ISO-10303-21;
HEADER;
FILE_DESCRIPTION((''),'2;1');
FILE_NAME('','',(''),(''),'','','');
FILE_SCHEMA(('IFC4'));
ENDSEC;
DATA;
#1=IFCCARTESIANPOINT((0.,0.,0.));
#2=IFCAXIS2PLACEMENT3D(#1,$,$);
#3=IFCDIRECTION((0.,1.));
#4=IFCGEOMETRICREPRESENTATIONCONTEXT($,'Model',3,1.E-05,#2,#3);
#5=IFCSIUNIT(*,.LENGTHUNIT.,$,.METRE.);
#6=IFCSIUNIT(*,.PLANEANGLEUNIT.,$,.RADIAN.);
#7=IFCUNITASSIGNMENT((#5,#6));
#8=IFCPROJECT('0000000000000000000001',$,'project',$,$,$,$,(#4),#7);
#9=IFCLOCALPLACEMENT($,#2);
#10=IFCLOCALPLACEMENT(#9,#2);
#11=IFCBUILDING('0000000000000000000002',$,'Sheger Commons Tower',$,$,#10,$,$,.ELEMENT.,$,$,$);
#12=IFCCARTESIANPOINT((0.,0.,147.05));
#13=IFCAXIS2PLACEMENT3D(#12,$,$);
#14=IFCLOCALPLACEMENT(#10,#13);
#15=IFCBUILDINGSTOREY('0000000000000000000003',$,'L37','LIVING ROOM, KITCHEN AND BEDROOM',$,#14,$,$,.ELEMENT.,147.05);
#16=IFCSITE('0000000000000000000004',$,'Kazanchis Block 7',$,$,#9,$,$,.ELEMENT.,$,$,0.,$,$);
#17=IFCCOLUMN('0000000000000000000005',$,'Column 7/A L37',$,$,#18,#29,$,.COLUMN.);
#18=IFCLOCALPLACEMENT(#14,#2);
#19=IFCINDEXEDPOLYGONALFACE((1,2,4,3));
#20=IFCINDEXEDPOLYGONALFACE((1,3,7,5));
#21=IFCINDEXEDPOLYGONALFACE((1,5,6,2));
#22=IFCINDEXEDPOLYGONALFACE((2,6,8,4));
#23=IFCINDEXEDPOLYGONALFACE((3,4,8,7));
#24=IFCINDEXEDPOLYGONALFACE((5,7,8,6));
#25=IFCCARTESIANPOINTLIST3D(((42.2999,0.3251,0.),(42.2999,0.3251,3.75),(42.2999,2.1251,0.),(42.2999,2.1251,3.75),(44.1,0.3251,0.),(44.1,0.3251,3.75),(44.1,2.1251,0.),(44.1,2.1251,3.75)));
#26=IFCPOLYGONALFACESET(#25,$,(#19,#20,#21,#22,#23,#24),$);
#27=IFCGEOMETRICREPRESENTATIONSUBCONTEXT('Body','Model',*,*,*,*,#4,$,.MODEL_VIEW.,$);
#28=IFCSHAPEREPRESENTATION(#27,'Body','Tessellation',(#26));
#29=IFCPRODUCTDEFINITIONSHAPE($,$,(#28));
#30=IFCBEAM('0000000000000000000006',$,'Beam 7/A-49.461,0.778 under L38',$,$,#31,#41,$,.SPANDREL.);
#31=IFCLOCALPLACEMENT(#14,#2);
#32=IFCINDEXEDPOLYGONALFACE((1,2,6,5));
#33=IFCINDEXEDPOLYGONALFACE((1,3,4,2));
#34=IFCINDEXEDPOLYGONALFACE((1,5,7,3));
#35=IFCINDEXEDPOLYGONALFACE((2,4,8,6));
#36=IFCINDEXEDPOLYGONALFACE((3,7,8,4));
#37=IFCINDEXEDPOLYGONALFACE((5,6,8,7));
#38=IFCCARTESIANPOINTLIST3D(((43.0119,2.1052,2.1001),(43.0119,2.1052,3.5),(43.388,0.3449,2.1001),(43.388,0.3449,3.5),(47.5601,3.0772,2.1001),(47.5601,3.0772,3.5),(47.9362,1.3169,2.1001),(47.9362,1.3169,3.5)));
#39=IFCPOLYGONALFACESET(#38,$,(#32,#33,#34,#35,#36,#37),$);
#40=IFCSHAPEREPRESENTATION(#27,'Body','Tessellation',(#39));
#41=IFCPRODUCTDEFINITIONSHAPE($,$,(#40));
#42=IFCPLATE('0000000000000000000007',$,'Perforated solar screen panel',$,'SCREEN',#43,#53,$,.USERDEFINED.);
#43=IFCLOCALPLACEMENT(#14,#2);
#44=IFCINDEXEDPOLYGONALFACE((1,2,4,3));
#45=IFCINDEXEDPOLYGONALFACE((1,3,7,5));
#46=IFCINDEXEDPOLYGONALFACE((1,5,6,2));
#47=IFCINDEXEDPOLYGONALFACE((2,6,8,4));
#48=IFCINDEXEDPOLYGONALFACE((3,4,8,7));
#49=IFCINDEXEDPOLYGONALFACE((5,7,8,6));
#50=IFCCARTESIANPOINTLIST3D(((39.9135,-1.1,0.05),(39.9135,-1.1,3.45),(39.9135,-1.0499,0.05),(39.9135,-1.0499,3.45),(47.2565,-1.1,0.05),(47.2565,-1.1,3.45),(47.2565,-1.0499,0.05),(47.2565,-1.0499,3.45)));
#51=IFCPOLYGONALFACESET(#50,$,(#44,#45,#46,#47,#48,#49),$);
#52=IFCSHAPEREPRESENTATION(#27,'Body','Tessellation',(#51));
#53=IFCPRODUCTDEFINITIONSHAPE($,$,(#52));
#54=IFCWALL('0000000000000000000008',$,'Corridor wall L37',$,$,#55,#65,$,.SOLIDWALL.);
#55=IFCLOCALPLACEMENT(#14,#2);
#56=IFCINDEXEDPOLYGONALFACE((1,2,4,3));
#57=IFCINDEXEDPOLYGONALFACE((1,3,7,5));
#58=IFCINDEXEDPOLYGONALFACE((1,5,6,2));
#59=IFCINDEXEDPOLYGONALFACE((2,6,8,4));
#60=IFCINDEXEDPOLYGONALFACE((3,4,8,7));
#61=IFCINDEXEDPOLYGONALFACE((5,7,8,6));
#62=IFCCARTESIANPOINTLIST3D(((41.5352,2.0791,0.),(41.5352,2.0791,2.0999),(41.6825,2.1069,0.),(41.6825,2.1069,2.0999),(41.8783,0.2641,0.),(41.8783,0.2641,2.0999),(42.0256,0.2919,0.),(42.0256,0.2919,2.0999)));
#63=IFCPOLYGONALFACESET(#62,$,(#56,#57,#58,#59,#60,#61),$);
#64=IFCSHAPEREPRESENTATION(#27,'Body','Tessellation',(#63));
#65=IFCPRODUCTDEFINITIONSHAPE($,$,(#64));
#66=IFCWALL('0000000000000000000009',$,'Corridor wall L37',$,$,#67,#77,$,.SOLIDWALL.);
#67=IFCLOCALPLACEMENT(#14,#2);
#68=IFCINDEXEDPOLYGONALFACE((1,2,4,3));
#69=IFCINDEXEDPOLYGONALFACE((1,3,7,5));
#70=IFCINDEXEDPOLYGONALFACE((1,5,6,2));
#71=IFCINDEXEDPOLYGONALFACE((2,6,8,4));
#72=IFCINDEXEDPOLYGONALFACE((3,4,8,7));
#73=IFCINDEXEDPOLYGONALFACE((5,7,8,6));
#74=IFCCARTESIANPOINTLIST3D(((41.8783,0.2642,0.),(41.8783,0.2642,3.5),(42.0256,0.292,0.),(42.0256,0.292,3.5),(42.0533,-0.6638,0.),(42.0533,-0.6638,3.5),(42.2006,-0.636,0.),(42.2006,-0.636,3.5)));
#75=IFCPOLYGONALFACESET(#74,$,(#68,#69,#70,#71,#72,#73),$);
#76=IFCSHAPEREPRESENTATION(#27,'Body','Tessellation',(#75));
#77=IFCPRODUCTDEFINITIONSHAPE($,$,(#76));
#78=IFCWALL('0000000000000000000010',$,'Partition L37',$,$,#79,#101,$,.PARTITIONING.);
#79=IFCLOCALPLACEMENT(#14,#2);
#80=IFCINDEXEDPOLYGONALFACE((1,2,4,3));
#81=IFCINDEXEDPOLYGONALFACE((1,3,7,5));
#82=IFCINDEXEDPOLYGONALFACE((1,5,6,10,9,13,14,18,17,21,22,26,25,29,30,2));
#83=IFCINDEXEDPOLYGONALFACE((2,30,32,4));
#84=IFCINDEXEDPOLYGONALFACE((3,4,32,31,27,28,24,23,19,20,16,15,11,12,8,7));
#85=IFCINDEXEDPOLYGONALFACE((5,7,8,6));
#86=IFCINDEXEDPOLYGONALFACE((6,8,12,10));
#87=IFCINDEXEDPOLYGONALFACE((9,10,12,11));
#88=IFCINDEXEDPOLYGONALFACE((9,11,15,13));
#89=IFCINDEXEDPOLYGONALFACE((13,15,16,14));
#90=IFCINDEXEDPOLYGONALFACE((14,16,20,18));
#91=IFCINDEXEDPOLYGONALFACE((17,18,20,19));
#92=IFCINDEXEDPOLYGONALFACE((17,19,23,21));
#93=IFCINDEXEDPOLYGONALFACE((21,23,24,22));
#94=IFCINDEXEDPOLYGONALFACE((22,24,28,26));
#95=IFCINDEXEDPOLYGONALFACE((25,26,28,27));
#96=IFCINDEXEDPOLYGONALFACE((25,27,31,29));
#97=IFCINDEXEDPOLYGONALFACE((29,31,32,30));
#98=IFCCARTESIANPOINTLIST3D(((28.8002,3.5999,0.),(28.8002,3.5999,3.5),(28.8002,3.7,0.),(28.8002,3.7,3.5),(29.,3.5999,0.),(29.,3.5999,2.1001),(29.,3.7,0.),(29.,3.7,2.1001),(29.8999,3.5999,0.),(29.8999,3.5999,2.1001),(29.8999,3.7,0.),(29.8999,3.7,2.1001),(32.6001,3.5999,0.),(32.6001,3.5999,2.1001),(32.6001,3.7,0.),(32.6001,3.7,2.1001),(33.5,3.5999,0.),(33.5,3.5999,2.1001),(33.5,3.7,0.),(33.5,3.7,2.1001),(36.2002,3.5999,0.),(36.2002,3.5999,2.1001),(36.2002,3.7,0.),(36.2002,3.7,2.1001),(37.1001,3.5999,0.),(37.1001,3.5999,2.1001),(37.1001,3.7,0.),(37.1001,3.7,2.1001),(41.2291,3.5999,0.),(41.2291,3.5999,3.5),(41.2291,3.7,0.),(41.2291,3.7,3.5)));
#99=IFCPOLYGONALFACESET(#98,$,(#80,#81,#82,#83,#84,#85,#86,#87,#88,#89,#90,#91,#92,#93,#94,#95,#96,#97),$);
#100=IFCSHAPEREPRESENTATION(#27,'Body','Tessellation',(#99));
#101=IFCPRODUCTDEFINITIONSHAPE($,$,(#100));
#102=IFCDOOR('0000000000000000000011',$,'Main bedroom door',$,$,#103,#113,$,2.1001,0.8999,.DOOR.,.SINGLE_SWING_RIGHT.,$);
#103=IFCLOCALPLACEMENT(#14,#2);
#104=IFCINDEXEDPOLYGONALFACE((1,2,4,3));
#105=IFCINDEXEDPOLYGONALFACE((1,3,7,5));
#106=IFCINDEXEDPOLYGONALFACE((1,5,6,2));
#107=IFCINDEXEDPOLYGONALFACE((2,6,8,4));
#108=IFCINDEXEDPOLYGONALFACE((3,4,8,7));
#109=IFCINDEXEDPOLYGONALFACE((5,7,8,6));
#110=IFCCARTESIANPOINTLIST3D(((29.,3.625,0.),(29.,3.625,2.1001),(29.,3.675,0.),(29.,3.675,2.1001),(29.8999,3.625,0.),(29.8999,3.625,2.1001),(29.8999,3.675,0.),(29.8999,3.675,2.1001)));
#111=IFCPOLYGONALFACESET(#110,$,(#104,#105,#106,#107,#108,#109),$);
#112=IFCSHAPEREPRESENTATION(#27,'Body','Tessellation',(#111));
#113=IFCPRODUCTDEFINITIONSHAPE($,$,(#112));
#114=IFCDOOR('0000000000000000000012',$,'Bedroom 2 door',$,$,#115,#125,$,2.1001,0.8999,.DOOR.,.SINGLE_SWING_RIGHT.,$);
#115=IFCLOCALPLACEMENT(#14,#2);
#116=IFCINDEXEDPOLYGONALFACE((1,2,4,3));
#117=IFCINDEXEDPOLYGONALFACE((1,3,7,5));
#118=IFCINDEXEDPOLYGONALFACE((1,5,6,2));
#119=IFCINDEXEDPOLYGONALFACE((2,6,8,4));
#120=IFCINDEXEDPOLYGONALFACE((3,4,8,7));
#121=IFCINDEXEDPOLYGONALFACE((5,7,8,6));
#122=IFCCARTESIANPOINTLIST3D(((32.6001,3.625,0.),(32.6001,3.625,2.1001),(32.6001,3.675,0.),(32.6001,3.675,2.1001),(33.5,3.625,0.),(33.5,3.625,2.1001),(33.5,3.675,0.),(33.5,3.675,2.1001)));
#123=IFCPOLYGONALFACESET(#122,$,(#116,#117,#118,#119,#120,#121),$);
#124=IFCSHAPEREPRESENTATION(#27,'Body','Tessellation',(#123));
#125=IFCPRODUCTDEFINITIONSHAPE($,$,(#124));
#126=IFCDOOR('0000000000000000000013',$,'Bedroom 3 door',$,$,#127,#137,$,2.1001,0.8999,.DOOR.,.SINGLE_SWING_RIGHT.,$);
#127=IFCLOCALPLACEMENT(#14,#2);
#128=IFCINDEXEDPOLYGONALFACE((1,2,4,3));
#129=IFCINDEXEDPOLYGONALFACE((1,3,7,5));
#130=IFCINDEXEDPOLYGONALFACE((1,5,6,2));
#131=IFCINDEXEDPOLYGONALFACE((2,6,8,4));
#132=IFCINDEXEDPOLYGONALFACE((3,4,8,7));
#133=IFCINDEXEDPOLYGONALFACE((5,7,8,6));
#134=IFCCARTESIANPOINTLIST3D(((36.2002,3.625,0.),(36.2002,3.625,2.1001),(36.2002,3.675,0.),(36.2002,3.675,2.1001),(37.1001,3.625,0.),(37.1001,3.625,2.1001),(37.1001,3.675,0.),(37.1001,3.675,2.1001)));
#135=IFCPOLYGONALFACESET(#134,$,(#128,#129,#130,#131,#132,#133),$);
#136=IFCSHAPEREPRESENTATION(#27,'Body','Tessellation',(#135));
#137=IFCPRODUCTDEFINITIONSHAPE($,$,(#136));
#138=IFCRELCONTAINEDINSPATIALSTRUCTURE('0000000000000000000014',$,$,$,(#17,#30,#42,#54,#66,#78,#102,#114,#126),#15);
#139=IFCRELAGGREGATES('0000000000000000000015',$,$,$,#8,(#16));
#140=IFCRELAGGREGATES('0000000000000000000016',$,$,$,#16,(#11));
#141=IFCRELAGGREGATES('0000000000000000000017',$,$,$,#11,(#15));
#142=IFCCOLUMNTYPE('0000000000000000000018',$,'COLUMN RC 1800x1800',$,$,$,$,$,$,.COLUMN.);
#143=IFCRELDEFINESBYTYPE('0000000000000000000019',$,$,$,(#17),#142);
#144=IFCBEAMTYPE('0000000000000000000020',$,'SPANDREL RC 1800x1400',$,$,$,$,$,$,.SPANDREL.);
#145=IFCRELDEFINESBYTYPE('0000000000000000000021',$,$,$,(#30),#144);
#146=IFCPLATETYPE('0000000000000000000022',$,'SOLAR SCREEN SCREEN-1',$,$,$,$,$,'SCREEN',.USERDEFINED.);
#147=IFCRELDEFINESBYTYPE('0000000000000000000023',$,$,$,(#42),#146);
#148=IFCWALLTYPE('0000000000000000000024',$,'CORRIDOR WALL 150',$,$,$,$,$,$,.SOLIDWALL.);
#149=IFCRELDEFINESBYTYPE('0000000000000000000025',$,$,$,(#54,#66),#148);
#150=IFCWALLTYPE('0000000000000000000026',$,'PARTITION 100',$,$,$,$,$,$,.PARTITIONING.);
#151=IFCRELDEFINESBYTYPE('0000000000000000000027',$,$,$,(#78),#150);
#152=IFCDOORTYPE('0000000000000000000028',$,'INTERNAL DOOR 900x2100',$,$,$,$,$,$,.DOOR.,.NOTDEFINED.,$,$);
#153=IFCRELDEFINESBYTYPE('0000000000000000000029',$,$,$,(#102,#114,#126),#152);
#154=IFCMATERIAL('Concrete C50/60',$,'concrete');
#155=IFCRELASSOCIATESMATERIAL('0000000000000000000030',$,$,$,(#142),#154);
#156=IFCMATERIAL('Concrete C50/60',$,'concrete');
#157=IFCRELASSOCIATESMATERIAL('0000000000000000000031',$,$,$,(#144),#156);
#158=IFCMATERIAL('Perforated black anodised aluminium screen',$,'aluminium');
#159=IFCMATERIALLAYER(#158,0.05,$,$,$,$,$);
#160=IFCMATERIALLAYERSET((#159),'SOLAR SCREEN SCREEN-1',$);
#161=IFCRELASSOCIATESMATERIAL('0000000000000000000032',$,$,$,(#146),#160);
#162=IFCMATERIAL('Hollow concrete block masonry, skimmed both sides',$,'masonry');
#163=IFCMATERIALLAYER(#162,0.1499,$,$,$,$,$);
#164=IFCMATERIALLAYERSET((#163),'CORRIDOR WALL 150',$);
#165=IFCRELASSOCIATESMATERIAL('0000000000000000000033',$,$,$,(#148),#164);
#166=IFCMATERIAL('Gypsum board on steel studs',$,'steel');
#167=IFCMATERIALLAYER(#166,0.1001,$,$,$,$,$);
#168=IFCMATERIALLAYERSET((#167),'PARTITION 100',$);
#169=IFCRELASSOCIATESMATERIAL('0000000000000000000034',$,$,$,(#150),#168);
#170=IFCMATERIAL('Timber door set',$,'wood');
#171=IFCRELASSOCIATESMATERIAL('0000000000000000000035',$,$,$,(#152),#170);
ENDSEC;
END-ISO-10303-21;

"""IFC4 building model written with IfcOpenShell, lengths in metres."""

from ifc_helpers import new_model, si_unit, direction, frame, frame_2d, origin, origin_2d, place, context, subcontext, project, spatial, rectangle, extrude, material, layer, layer_set, material_profile, profile_set, type_object, element, fill, save


model = new_model("IFC4")

# Units and contexts
model_context = context("Model", 3, precision=1e-05, world=origin(), true_north=direction((0.0, 1.0)))
body_context = subcontext(model_context, "Body", "Model", "MODEL_VIEW")
ifc_project = project(units=[si_unit("LENGTHUNIT", "METRE"), si_unit("PLANEANGLEUNIT", "RADIAN")], contexts=[model_context])

# Site, building, storey
site_placement = place(None, origin())
site = spatial("IfcSite", under=ifc_project, at=site_placement, Name="Kazanchis Block 7", CompositionType="ELEMENT", RefElevation=0.0)
building_placement = place(site_placement, origin())
building = spatial("IfcBuilding", under=site, at=building_placement, Name="Sheger Commons Tower", CompositionType="ELEMENT")
storey_placement = place(building_placement, frame((0.0, 0.0, 147.05)))
storey = spatial("IfcBuildingStorey", under=building, at=storey_placement, Name="L37", Description="LIVING ROOM, KITCHEN AND BEDROOM", CompositionType="ELEMENT", Elevation=147.05)

# Column
ifc_material_1 = material(Name="Concrete C50/60", Category="concrete")
ifc_material_profile_1 = material_profile(ifc_material_1, rectangle(XDim=1.8, YDim=1.8, at=origin_2d()), Name="RC 1800x1800")
ifc_profile_set_1 = profile_set([ifc_material_profile_1], Name="Concrete C50/60")
column_type = type_object("IfcColumnType", Name="COLUMN RC 1800x1800", PredefinedType="COLUMN", material=ifc_profile_set_1)
column_placement = place(storey_placement, frame((43.2, 1.2251, 0.0), z_axis=(0.0, 0.0, 1.0), x_axis=(1.0, 0.0, 0.0)))
element("IfcColumn", 1, at=column_placement, inside=storey, type_object=column_type, Name="Column 7/A L37", PredefinedType="COLUMN", context=body_context, shape_type="SweptSolid", body=[
    extrude(rectangle(XDim=1.8, YDim=1.8, at=origin_2d()), origin(), (0.0, 0.0, 1.0), 3.75),
])

# Beam
ifc_material_2 = material(Name="Concrete C50/60", Category="concrete")
ifc_material_profile_2 = material_profile(ifc_material_2, rectangle(XDim=1.8, YDim=1.3999, at=origin_2d()), Name="RC 1800x1400")
ifc_profile_set_2 = profile_set([ifc_material_profile_2], Name="Concrete C50/60")
beam_type = type_object("IfcBeamType", Name="SPANDREL RC 1800x1400", PredefinedType="SPANDREL", material=ifc_profile_set_2)
beam_placement = place(storey_placement, frame((43.2, 1.2251, 2.8), z_axis=(0.97792, 0.208981, 0.0), x_axis=(-0.208981, 0.97792, 0.0)))
element("IfcBeam", 2, at=beam_placement, inside=storey, type_object=beam_type, Name="Beam 7/A-49.461,0.778 under L38", PredefinedType="SPANDREL", context=body_context, shape_type="SweptSolid", body=[
    extrude(rectangle(XDim=1.8, YDim=1.3999, at=origin_2d()), origin(), (0.0, 0.0, 1.0), 4.6509),
])

# Plate
ifc_material_3 = material(Name="Perforated black anodised aluminium screen", Category="aluminium")
ifc_layer_1 = layer(ifc_material_3, 0.05)
ifc_layer_set_1 = layer_set([ifc_layer_1], Name="SOLAR SCREEN SCREEN-1")
plate_type = type_object("IfcPlateType", Name="SOLAR SCREEN SCREEN-1", ElementType="SCREEN", PredefinedType="USERDEFINED", material=ifc_layer_set_1)
plate_placement = place(storey_placement, frame((43.585, -1.075, 0.05), z_axis=(0.0, 0.0, 1.0), x_axis=(1.0, 0.0, 0.0)))
element("IfcPlate", 3, at=plate_placement, inside=storey, type_object=plate_type, Name="Perforated solar screen panel", ObjectType="SCREEN", PredefinedType="USERDEFINED", context=body_context, shape_type="SweptSolid", body=[
    extrude(rectangle(XDim=7.343, YDim=0.05, at=origin_2d()), origin(), (0.0, 0.0, 1.0), 3.3999),
])

# Walls
ifc_material_4 = material(Name="Hollow concrete block masonry, skimmed both sides", Category="masonry")
ifc_layer_2 = layer(ifc_material_4, 0.1499)
ifc_layer_set_2 = layer_set([ifc_layer_2], Name="CORRIDOR WALL 150")
wall_type_1 = type_object("IfcWallType", Name="CORRIDOR WALL 150", PredefinedType="SOLIDWALL", material=ifc_layer_set_2)
wall_1_placement = place(storey_placement, frame((41.6089, 2.093, 0.0), z_axis=(0.0, 0.0, 1.0), x_axis=(0.185709, -0.982605, 0.0)))
element("IfcWall", 4, at=wall_1_placement, inside=storey, type_object=wall_type_1, Name="Corridor wall L37", PredefinedType="SOLIDWALL", context=body_context, shape_type="SweptSolid", body=[
    extrude(rectangle(XDim=1.8472, YDim=0.1499, at=frame_2d((0.9236, 0.0))), origin(), (0.0, 0.0, 1.0), 2.0999),
])
wall_2_placement = place(storey_placement, frame((41.9519, 0.2781, 0.0), z_axis=(0.0, 0.0, 1.0), x_axis=(0.185365, -0.98267, 0.0)))
element("IfcWall", 5, at=wall_2_placement, inside=storey, type_object=wall_type_1, Name="Corridor wall L37", PredefinedType="SOLIDWALL", context=body_context, shape_type="SweptSolid", body=[
    extrude(rectangle(XDim=0.9443, YDim=0.1499, at=frame_2d((0.4722, 0.0))), origin(), (0.0, 0.0, 1.0), 3.5),
])

# Wall, openings, doors
ifc_material_5 = material(Name="Gypsum board on steel studs", Category="steel")
ifc_layer_3 = layer(ifc_material_5, 0.1001)
ifc_layer_set_3 = layer_set([ifc_layer_3], Name="PARTITION 100")
wall_type_2 = type_object("IfcWallType", Name="PARTITION 100", PredefinedType="PARTITIONING", material=ifc_layer_set_3)
wall_3_placement = place(storey_placement, frame((41.229, 3.6499, 0.0), z_axis=(0.0, 0.0, 1.0), x_axis=(-1.0, 0.0, 0.0)))
wall_3 = element("IfcWall", 6, at=wall_3_placement, inside=storey, type_object=wall_type_2, Name="Partition L37", PredefinedType="PARTITIONING", context=body_context, shape_type="SweptSolid", body=[
    extrude(rectangle(XDim=12.429, YDim=0.1001, at=frame_2d((6.2144, 0.0))), origin(), (0.0, 0.0, 1.0), 3.5),
])
opening_1_placement = place(wall_3_placement, frame((11.3291, 0.0, 0.0)))
opening_1 = element("IfcOpeningElement", 7, at=opening_1_placement, cuts=wall_3, PredefinedType="OPENING", context=body_context, shape_type="SweptSolid", body=[
    extrude(rectangle(XDim=0.8999, YDim=2.1001, at=frame_2d((0.45, 1.05))), frame((0.0, 0.0601, 0.0), z_axis=(0.0, -1.0, 0.0), x_axis=(1.0, 0.0, 0.0)), (0.0, 0.0, 1.0), 0.1201),
])
opening_2_placement = place(wall_3_placement, frame((7.729, 0.0, 0.0)))
opening_2 = element("IfcOpeningElement", 8, at=opening_2_placement, cuts=wall_3, PredefinedType="OPENING", context=body_context, shape_type="SweptSolid", body=[
    extrude(rectangle(XDim=0.8999, YDim=2.1001, at=frame_2d((0.45, 1.05))), frame((0.0, 0.0601, 0.0), z_axis=(0.0, -1.0, 0.0), x_axis=(1.0, 0.0, 0.0)), (0.0, 0.0, 1.0), 0.1201),
])
opening_3_placement = place(wall_3_placement, frame((4.1289, 0.0, 0.0)))
opening_3 = element("IfcOpeningElement", 9, at=opening_3_placement, cuts=wall_3, PredefinedType="OPENING", context=body_context, shape_type="SweptSolid", body=[
    extrude(rectangle(XDim=0.8999, YDim=2.1001, at=frame_2d((0.45, 1.05))), frame((0.0, 0.0601, 0.0), z_axis=(0.0, -1.0, 0.0), x_axis=(1.0, 0.0, 0.0)), (0.0, 0.0, 1.0), 0.1201),
])
ifc_material_6 = material(Name="Timber door set", Category="wood")
door_type = type_object("IfcDoorType", Name="INTERNAL DOOR 900x2100", OperationType="NOTDEFINED", PredefinedType="DOOR", material=ifc_material_6)
door_1_placement = place(opening_1_placement, origin())
door_1 = element("IfcDoor", 10, at=door_1_placement, inside=storey, type_object=door_type, Name="Main bedroom door", OperationType="SINGLE_SWING_RIGHT", OverallHeight=2.1001, OverallWidth=0.8999, PredefinedType="DOOR", context=body_context, shape_type="SweptSolid", body=[
    extrude(rectangle(XDim=0.8999, YDim=2.1001, at=frame_2d((0.45, 1.05))), frame((0.0, 0.0249, 0.0), z_axis=(0.0, -1.0, 0.0), x_axis=(1.0, 0.0, 0.0)), (0.0, 0.0, 1.0), 0.05),
])
fill(opening_1, door_1)
door_2_placement = place(opening_2_placement, origin())
door_2 = element("IfcDoor", 11, at=door_2_placement, inside=storey, type_object=door_type, Name="Bedroom 2 door", OperationType="SINGLE_SWING_RIGHT", OverallHeight=2.1001, OverallWidth=0.8999, PredefinedType="DOOR", context=body_context, shape_type="SweptSolid", body=[
    extrude(rectangle(XDim=0.8999, YDim=2.1001, at=frame_2d((0.45, 1.05))), frame((0.0, 0.0249, 0.0), z_axis=(0.0, -1.0, 0.0), x_axis=(1.0, 0.0, 0.0)), (0.0, 0.0, 1.0), 0.05),
])
fill(opening_2, door_2)
door_3_placement = place(opening_3_placement, origin())
door_3 = element("IfcDoor", 12, at=door_3_placement, inside=storey, type_object=door_type, Name="Bedroom 3 door", OperationType="SINGLE_SWING_RIGHT", OverallHeight=2.1001, OverallWidth=0.8999, PredefinedType="DOOR", context=body_context, shape_type="SweptSolid", body=[
    extrude(rectangle(XDim=0.8999, YDim=2.1001, at=frame_2d((0.45, 1.05))), frame((0.0, 0.0249, 0.0), z_axis=(0.0, -1.0, 0.0), x_axis=(1.0, 0.0, 0.0)), (0.0, 0.0, 1.0), 0.05),
])
fill(opening_3, door_3)

save(model, "model.ifc")
